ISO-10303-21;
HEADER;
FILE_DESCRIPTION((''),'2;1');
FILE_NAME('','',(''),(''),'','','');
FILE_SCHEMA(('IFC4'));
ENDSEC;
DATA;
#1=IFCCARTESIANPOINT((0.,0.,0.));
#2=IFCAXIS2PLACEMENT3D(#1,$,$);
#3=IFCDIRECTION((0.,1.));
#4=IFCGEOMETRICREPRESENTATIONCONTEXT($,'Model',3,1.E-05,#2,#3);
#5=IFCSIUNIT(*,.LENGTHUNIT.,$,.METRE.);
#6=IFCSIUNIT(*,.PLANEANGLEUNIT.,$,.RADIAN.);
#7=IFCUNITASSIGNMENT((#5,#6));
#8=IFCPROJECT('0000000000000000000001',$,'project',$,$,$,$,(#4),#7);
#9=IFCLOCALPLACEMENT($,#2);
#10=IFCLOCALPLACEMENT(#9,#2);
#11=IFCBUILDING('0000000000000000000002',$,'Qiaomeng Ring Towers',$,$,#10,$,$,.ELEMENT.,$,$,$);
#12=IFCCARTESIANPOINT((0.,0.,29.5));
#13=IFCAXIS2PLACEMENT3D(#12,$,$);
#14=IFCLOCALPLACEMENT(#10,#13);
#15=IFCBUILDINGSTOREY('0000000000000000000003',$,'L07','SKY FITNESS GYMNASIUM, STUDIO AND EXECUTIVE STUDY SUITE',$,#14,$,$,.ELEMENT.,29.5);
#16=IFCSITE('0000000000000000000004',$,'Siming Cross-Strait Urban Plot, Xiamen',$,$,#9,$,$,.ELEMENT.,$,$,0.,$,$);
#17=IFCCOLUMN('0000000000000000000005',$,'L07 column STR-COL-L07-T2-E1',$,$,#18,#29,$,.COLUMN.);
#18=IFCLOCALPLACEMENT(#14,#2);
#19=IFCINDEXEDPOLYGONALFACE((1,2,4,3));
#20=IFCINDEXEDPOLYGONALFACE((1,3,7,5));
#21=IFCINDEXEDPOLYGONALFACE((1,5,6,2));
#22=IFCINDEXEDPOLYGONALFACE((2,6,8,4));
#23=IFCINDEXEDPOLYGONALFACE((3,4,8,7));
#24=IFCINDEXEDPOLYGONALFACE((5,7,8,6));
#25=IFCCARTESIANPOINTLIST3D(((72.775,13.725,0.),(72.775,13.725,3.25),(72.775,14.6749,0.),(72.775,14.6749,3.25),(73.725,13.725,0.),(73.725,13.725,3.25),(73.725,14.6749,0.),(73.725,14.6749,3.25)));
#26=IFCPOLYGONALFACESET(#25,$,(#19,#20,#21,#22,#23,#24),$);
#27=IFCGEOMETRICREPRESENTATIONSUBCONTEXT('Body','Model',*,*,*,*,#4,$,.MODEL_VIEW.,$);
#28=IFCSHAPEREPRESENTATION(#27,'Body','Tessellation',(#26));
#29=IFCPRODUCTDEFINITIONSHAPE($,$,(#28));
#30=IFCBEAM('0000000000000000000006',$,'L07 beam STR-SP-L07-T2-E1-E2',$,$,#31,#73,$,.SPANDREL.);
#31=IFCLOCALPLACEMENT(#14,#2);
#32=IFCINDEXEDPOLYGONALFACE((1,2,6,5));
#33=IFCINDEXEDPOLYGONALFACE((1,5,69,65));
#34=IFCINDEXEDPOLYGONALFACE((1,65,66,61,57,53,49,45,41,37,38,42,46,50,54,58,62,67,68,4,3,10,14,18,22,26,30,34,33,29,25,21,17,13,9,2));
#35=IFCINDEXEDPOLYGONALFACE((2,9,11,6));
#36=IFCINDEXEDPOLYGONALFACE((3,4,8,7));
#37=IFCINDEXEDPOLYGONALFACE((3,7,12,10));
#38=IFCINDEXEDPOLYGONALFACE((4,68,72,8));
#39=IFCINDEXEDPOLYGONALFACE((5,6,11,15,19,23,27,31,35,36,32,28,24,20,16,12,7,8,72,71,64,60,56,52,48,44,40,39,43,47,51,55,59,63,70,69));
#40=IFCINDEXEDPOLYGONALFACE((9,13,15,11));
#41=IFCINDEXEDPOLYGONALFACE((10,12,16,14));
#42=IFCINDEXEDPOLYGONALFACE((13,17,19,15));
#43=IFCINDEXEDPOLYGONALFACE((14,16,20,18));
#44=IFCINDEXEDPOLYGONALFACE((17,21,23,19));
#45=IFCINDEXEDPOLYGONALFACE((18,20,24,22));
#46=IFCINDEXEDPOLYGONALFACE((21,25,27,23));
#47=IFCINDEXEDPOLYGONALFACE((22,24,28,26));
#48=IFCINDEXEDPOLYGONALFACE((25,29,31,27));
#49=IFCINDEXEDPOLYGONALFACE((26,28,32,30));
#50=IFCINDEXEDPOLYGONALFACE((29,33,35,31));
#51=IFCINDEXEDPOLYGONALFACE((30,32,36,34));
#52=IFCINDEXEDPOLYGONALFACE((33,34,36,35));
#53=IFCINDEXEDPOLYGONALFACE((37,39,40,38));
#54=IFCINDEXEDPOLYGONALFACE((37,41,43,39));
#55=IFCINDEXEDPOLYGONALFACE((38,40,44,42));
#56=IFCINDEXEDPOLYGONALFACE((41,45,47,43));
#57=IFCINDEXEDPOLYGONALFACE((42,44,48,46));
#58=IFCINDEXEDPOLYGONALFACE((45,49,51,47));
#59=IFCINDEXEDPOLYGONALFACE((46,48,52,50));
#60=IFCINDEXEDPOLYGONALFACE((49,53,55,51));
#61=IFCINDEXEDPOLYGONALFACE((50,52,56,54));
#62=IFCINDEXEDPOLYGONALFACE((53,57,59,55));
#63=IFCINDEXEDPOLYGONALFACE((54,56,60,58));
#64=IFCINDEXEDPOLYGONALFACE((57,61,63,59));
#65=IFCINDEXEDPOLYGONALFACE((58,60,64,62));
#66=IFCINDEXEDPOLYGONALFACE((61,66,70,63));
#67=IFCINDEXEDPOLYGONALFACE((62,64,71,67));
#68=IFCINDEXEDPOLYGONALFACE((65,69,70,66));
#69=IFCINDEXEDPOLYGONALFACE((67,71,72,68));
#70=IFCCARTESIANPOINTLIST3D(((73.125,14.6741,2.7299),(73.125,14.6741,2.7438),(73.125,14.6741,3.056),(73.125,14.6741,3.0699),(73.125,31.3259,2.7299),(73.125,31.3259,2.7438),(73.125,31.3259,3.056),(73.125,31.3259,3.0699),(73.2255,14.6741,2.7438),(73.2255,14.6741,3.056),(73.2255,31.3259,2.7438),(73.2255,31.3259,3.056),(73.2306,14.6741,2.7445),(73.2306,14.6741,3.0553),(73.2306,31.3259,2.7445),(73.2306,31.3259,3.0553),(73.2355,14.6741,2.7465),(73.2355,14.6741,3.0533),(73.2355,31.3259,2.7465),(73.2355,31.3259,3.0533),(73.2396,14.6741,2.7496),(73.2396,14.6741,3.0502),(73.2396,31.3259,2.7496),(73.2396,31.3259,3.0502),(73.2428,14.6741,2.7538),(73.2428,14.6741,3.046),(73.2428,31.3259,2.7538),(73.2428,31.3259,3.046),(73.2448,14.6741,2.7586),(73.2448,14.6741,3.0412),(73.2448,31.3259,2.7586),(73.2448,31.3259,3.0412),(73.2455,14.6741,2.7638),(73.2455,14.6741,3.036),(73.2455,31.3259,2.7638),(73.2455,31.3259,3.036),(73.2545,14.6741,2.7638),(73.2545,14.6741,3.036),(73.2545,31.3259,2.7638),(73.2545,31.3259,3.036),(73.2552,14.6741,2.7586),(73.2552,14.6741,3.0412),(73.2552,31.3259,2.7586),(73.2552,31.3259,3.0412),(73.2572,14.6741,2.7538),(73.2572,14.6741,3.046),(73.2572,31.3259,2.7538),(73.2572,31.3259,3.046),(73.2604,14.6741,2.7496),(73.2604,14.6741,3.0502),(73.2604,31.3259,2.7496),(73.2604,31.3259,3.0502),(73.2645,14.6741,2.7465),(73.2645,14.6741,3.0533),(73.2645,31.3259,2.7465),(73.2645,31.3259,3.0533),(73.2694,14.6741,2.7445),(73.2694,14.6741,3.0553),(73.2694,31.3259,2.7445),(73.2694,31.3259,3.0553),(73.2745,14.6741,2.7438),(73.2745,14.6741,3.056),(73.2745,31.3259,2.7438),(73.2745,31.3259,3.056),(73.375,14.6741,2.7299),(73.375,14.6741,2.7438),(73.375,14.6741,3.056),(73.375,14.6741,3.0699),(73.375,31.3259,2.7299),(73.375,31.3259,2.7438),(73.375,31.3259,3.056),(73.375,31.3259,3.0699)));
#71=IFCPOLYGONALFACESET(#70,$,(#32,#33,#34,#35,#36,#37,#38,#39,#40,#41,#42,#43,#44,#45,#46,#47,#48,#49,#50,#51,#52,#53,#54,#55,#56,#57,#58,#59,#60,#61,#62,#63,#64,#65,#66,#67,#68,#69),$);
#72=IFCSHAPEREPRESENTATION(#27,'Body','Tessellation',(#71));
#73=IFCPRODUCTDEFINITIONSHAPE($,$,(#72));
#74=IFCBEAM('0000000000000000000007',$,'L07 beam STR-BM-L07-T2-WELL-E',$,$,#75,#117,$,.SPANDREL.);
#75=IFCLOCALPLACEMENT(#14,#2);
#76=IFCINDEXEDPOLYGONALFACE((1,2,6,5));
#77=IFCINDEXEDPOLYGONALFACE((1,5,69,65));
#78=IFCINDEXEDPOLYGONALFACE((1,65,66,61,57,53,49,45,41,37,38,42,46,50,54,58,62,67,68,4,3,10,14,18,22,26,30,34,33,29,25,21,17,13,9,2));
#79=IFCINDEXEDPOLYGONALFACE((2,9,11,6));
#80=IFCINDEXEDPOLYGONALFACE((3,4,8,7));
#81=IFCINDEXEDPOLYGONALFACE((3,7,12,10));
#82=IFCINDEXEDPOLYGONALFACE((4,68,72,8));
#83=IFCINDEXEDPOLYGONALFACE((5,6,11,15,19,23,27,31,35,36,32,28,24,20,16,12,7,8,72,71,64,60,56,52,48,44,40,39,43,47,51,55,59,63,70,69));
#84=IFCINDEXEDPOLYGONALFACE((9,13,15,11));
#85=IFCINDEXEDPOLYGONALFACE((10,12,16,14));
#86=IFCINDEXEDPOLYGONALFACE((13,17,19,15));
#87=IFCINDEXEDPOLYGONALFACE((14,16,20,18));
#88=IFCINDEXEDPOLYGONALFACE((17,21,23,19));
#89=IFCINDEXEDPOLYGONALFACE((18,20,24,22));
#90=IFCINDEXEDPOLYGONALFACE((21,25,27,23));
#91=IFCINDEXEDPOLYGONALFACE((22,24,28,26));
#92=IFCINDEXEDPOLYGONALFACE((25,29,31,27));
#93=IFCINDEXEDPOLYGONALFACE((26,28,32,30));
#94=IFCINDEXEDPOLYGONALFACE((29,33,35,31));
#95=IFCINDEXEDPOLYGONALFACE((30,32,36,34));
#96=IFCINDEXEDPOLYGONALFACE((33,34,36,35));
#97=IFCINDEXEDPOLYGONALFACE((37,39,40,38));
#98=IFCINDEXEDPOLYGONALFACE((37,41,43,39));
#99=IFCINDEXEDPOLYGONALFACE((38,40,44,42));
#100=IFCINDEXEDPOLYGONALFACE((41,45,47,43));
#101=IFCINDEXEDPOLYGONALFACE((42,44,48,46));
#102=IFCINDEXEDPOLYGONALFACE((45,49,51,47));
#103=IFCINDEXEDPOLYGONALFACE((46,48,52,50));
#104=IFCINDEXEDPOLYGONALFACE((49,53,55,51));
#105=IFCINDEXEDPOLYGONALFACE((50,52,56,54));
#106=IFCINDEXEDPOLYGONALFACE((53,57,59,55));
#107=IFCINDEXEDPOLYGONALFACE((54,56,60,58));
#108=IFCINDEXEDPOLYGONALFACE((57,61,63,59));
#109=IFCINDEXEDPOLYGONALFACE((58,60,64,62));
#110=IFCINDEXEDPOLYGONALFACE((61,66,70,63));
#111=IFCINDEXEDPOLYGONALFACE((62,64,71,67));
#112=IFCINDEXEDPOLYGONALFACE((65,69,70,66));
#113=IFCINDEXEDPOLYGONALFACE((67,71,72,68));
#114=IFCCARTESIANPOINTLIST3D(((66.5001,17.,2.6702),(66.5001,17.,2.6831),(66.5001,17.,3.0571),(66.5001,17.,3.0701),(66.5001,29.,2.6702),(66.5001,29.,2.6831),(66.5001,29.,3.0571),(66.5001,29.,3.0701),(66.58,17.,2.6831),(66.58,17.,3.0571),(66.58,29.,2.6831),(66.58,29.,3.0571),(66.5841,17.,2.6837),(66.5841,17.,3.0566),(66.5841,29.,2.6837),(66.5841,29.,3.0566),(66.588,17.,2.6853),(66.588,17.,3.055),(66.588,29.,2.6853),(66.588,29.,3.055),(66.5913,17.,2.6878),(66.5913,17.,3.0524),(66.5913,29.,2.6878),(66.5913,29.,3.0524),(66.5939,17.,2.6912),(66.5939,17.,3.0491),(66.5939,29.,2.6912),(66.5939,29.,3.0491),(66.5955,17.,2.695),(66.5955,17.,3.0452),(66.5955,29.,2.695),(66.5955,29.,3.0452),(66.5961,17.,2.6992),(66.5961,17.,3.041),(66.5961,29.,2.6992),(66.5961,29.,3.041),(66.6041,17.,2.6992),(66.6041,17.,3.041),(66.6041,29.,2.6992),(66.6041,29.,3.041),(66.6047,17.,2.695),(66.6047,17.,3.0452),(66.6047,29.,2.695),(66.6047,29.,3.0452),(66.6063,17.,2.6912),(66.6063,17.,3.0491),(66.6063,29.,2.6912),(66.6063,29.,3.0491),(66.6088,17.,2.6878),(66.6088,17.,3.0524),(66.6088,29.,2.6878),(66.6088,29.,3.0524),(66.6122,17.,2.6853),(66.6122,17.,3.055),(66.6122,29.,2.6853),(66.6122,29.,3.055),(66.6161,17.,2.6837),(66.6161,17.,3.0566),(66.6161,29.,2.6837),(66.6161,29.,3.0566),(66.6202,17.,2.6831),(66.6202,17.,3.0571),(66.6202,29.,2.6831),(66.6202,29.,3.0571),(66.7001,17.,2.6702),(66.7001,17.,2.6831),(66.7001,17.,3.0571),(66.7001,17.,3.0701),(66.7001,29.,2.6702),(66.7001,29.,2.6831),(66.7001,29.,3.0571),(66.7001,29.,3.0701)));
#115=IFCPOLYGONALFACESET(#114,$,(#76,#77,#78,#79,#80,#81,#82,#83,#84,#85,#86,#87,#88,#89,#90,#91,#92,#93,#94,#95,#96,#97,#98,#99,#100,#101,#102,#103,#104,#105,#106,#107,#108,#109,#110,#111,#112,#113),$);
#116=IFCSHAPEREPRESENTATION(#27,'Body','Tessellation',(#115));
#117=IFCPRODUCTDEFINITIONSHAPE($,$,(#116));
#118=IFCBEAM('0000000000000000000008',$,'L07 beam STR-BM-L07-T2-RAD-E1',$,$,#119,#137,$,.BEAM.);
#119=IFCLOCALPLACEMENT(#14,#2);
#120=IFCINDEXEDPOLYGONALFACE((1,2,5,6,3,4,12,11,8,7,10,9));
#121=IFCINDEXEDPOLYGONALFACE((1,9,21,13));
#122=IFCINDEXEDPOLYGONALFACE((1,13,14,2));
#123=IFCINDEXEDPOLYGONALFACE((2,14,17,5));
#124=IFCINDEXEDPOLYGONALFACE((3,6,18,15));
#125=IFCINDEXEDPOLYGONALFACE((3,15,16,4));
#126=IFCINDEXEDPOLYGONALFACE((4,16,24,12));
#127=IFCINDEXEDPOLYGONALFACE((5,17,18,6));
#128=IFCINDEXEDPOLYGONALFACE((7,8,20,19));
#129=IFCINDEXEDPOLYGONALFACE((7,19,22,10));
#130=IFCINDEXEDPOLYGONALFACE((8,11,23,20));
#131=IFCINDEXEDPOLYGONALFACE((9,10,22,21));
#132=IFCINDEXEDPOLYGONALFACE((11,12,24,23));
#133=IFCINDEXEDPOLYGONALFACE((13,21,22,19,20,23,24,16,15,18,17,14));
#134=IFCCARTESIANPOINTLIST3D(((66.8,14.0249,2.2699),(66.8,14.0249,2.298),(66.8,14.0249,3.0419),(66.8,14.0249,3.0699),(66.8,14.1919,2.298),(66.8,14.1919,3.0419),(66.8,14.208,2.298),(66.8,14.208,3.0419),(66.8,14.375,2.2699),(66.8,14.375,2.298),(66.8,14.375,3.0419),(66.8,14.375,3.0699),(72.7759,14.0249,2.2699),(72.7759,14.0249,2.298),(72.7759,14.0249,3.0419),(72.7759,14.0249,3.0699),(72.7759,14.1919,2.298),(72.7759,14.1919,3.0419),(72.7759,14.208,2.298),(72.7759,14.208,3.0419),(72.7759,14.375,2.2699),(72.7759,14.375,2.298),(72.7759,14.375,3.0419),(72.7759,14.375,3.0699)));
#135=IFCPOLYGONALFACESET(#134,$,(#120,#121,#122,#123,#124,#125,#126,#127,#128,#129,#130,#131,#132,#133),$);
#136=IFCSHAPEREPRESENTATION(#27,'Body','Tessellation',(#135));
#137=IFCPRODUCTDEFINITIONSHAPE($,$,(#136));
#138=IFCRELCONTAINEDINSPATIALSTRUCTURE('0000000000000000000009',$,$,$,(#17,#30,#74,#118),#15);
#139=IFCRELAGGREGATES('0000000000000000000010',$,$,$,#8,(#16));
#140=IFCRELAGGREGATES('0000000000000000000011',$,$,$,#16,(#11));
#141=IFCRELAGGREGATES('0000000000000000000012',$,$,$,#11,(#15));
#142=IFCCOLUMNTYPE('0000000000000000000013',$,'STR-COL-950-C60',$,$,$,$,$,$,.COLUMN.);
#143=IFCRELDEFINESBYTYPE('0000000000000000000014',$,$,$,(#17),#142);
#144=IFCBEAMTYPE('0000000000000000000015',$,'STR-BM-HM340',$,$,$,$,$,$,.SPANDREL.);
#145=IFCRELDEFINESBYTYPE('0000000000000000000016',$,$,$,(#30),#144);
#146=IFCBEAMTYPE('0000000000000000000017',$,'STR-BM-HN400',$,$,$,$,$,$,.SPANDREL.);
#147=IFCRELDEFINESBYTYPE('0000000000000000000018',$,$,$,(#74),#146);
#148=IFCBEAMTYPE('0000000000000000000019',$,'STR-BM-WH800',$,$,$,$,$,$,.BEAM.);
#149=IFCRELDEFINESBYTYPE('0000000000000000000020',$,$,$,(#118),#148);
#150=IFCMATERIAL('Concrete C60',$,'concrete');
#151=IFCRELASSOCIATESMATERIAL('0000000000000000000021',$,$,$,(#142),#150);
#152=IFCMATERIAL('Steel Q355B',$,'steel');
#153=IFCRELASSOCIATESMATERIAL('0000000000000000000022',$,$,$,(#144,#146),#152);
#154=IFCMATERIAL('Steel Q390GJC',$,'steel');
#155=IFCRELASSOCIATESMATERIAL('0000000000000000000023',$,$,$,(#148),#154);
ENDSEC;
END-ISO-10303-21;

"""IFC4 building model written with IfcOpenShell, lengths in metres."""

from ifc_helpers import new_model, si_unit, direction, frame, origin, origin_2d, place, context, subcontext, project, spatial, rectangle, i_section, extrude, source, transform, mapped, material, material_profile, profile_set, type_object, element, save


model = new_model("IFC4")

# Units and contexts
model_context = context("Model", 3, precision=1e-05, world=origin(), true_north=direction((0.0, 1.0)))
body_context = subcontext(model_context, "Body", "Model", "MODEL_VIEW")
ifc_project = project(units=[si_unit("LENGTHUNIT", "METRE"), si_unit("PLANEANGLEUNIT", "RADIAN")], contexts=[model_context])

# Site, building, storey
site_placement = place(None, origin())
site = spatial("IfcSite", under=ifc_project, at=site_placement, Name="Siming Cross-Strait Urban Plot, Xiamen", CompositionType="ELEMENT", RefElevation=0.0)
building_placement = place(site_placement, origin())
building = spatial("IfcBuilding", under=site, at=building_placement, Name="Qiaomeng Ring Towers", CompositionType="ELEMENT")
storey_placement = place(building_placement, frame((0.0, 0.0, 29.5)))
storey = spatial("IfcBuildingStorey", under=building, at=storey_placement, Name="L07", Description="SKY FITNESS GYMNASIUM, STUDIO AND EXECUTIVE STUDY SUITE", CompositionType="ELEMENT", Elevation=29.5)

# Column
ifc_material_1 = material(Name="Concrete C60", Category="concrete")
ifc_material_profile_1 = material_profile(ifc_material_1, rectangle(XDim=0.95, YDim=0.95, at=origin_2d()), Name="RC COL 950x950")
ifc_profile_set_1 = profile_set([ifc_material_profile_1], Name="Concrete C60")
column_type = type_object("IfcColumnType", Name="STR-COL-950-C60", PredefinedType="COLUMN", material=ifc_profile_set_1)
shared_shape_1 = source(origin(), body_context, "Body", "SweptSolid", [
    extrude(rectangle(XDim=0.95, YDim=0.95, at=origin_2d()), origin(), (0.0, 0.0, 1.0), 3.25),
])
column_placement = place(storey_placement, frame((73.25, 14.2, 0.0), z_axis=(0.0, 0.0, 1.0), x_axis=(1.0, 0.0, 0.0)))
element("IfcColumn", 1, at=column_placement, inside=storey, type_object=column_type, Name="L07 column STR-COL-L07-T2-E1", PredefinedType="COLUMN", context=body_context, shape_type="MappedRepresentation", body=[
    mapped(shared_shape_1, transform((0.0, 0.0, 0.0), x_axis=(1.0, 0.0, 0.0), y_axis=(0.0, 1.0, 0.0), z_axis=(0.0, 0.0, 1.0), scale=1.0)),
])

# Beams
ifc_material_2 = material(Name="Steel Q355B", Category="steel")
ifc_material_profile_2 = material_profile(ifc_material_2, i_section(OverallWidth=0.25, OverallDepth=0.3401, WebThickness=0.009, FlangeThickness=0.0139, FilletRadius=0.02, at=origin_2d()), Name="HM 340x250x9x14")
ifc_profile_set_2 = profile_set([ifc_material_profile_2], Name="Steel Q355B")
beam_type_1 = type_object("IfcBeamType", Name="STR-BM-HM340", PredefinedType="SPANDREL", material=ifc_profile_set_2)
shared_shape_2 = source(origin(), body_context, "Body", "SweptSolid", [
    extrude(i_section(OverallWidth=0.25, OverallDepth=0.3401, WebThickness=0.009, FlangeThickness=0.0139, FilletRadius=0.02, at=origin_2d()), origin(), (0.0, 0.0, 1.0), 16.6519),
])
beam_1_placement = place(storey_placement, frame((73.25, 14.6741, 2.8999), z_axis=(0.0, 1.0, 0.0), x_axis=(-1.0, 0.0, 0.0)))
element("IfcBeam", 2, at=beam_1_placement, inside=storey, type_object=beam_type_1, Name="L07 beam STR-SP-L07-T2-E1-E2", PredefinedType="SPANDREL", context=body_context, shape_type="MappedRepresentation", body=[
    mapped(shared_shape_2, transform((0.0, 0.0, 0.0), x_axis=(1.0, 0.0, 0.0), y_axis=(0.0, 1.0, 0.0), z_axis=(0.0, 0.0, 1.0), scale=1.0)),
])
ifc_material_profile_3 = material_profile(ifc_material_2, i_section(OverallWidth=0.2, OverallDepth=0.3999, WebThickness=0.0081, FlangeThickness=0.0129, FilletRadius=0.0161, at=origin_2d()), Name="HN 400x200x8x13")
ifc_profile_set_3 = profile_set([ifc_material_profile_3], Name="Steel Q355B")
beam_type_2 = type_object("IfcBeamType", Name="STR-BM-HN400", PredefinedType="SPANDREL", material=ifc_profile_set_3)
shared_shape_3 = source(origin(), body_context, "Body", "SweptSolid", [
    extrude(i_section(OverallWidth=0.2, OverallDepth=0.3999, WebThickness=0.0081, FlangeThickness=0.0129, FilletRadius=0.0161, at=origin_2d()), origin(), (0.0, 0.0, 1.0), 12.0),
])
beam_2_placement = place(storey_placement, frame((66.6001, 17.0, 2.8701), z_axis=(0.0, 1.0, 0.0), x_axis=(-1.0, 0.0, 0.0)))
element("IfcBeam", 3, at=beam_2_placement, inside=storey, type_object=beam_type_2, Name="L07 beam STR-BM-L07-T2-WELL-E", PredefinedType="SPANDREL", context=body_context, shape_type="MappedRepresentation", body=[
    mapped(shared_shape_3, transform((0.0, 0.0, 0.0), x_axis=(1.0, 0.0, 0.0), y_axis=(0.0, 1.0, 0.0), z_axis=(0.0, 0.0, 1.0), scale=1.0)),
])
ifc_material_3 = material(Name="Steel Q390GJC", Category="steel")
ifc_material_profile_4 = material_profile(ifc_material_3, i_section(OverallWidth=0.3501, OverallDepth=0.8, WebThickness=0.0161, FlangeThickness=0.0281, at=origin_2d()), Name="WH 800x350x16x28")
ifc_profile_set_4 = profile_set([ifc_material_profile_4], Name="Steel Q390GJC")
beam_type_3 = type_object("IfcBeamType", Name="STR-BM-WH800", PredefinedType="BEAM", material=ifc_profile_set_4)
shared_shape_4 = source(origin(), body_context, "Body", "SweptSolid", [
    extrude(i_section(OverallWidth=0.3501, OverallDepth=0.8, WebThickness=0.0161, FlangeThickness=0.0281, at=origin_2d()), origin(), (0.0, 0.0, 1.0), 5.9758),
])
beam_3_placement = place(storey_placement, frame((66.8, 14.2, 2.6699), z_axis=(1.0, 0.0, 0.0), x_axis=(0.0, 1.0, 0.0)))
element("IfcBeam", 4, at=beam_3_placement, inside=storey, type_object=beam_type_3, Name="L07 beam STR-BM-L07-T2-RAD-E1", PredefinedType="BEAM", context=body_context, shape_type="MappedRepresentation", body=[
    mapped(shared_shape_4, transform((0.0, 0.0, 0.0), x_axis=(1.0, 0.0, 0.0), y_axis=(0.0, 1.0, 0.0), z_axis=(0.0, 0.0, 1.0), scale=1.0)),
])

save(model, "model.ifc")
